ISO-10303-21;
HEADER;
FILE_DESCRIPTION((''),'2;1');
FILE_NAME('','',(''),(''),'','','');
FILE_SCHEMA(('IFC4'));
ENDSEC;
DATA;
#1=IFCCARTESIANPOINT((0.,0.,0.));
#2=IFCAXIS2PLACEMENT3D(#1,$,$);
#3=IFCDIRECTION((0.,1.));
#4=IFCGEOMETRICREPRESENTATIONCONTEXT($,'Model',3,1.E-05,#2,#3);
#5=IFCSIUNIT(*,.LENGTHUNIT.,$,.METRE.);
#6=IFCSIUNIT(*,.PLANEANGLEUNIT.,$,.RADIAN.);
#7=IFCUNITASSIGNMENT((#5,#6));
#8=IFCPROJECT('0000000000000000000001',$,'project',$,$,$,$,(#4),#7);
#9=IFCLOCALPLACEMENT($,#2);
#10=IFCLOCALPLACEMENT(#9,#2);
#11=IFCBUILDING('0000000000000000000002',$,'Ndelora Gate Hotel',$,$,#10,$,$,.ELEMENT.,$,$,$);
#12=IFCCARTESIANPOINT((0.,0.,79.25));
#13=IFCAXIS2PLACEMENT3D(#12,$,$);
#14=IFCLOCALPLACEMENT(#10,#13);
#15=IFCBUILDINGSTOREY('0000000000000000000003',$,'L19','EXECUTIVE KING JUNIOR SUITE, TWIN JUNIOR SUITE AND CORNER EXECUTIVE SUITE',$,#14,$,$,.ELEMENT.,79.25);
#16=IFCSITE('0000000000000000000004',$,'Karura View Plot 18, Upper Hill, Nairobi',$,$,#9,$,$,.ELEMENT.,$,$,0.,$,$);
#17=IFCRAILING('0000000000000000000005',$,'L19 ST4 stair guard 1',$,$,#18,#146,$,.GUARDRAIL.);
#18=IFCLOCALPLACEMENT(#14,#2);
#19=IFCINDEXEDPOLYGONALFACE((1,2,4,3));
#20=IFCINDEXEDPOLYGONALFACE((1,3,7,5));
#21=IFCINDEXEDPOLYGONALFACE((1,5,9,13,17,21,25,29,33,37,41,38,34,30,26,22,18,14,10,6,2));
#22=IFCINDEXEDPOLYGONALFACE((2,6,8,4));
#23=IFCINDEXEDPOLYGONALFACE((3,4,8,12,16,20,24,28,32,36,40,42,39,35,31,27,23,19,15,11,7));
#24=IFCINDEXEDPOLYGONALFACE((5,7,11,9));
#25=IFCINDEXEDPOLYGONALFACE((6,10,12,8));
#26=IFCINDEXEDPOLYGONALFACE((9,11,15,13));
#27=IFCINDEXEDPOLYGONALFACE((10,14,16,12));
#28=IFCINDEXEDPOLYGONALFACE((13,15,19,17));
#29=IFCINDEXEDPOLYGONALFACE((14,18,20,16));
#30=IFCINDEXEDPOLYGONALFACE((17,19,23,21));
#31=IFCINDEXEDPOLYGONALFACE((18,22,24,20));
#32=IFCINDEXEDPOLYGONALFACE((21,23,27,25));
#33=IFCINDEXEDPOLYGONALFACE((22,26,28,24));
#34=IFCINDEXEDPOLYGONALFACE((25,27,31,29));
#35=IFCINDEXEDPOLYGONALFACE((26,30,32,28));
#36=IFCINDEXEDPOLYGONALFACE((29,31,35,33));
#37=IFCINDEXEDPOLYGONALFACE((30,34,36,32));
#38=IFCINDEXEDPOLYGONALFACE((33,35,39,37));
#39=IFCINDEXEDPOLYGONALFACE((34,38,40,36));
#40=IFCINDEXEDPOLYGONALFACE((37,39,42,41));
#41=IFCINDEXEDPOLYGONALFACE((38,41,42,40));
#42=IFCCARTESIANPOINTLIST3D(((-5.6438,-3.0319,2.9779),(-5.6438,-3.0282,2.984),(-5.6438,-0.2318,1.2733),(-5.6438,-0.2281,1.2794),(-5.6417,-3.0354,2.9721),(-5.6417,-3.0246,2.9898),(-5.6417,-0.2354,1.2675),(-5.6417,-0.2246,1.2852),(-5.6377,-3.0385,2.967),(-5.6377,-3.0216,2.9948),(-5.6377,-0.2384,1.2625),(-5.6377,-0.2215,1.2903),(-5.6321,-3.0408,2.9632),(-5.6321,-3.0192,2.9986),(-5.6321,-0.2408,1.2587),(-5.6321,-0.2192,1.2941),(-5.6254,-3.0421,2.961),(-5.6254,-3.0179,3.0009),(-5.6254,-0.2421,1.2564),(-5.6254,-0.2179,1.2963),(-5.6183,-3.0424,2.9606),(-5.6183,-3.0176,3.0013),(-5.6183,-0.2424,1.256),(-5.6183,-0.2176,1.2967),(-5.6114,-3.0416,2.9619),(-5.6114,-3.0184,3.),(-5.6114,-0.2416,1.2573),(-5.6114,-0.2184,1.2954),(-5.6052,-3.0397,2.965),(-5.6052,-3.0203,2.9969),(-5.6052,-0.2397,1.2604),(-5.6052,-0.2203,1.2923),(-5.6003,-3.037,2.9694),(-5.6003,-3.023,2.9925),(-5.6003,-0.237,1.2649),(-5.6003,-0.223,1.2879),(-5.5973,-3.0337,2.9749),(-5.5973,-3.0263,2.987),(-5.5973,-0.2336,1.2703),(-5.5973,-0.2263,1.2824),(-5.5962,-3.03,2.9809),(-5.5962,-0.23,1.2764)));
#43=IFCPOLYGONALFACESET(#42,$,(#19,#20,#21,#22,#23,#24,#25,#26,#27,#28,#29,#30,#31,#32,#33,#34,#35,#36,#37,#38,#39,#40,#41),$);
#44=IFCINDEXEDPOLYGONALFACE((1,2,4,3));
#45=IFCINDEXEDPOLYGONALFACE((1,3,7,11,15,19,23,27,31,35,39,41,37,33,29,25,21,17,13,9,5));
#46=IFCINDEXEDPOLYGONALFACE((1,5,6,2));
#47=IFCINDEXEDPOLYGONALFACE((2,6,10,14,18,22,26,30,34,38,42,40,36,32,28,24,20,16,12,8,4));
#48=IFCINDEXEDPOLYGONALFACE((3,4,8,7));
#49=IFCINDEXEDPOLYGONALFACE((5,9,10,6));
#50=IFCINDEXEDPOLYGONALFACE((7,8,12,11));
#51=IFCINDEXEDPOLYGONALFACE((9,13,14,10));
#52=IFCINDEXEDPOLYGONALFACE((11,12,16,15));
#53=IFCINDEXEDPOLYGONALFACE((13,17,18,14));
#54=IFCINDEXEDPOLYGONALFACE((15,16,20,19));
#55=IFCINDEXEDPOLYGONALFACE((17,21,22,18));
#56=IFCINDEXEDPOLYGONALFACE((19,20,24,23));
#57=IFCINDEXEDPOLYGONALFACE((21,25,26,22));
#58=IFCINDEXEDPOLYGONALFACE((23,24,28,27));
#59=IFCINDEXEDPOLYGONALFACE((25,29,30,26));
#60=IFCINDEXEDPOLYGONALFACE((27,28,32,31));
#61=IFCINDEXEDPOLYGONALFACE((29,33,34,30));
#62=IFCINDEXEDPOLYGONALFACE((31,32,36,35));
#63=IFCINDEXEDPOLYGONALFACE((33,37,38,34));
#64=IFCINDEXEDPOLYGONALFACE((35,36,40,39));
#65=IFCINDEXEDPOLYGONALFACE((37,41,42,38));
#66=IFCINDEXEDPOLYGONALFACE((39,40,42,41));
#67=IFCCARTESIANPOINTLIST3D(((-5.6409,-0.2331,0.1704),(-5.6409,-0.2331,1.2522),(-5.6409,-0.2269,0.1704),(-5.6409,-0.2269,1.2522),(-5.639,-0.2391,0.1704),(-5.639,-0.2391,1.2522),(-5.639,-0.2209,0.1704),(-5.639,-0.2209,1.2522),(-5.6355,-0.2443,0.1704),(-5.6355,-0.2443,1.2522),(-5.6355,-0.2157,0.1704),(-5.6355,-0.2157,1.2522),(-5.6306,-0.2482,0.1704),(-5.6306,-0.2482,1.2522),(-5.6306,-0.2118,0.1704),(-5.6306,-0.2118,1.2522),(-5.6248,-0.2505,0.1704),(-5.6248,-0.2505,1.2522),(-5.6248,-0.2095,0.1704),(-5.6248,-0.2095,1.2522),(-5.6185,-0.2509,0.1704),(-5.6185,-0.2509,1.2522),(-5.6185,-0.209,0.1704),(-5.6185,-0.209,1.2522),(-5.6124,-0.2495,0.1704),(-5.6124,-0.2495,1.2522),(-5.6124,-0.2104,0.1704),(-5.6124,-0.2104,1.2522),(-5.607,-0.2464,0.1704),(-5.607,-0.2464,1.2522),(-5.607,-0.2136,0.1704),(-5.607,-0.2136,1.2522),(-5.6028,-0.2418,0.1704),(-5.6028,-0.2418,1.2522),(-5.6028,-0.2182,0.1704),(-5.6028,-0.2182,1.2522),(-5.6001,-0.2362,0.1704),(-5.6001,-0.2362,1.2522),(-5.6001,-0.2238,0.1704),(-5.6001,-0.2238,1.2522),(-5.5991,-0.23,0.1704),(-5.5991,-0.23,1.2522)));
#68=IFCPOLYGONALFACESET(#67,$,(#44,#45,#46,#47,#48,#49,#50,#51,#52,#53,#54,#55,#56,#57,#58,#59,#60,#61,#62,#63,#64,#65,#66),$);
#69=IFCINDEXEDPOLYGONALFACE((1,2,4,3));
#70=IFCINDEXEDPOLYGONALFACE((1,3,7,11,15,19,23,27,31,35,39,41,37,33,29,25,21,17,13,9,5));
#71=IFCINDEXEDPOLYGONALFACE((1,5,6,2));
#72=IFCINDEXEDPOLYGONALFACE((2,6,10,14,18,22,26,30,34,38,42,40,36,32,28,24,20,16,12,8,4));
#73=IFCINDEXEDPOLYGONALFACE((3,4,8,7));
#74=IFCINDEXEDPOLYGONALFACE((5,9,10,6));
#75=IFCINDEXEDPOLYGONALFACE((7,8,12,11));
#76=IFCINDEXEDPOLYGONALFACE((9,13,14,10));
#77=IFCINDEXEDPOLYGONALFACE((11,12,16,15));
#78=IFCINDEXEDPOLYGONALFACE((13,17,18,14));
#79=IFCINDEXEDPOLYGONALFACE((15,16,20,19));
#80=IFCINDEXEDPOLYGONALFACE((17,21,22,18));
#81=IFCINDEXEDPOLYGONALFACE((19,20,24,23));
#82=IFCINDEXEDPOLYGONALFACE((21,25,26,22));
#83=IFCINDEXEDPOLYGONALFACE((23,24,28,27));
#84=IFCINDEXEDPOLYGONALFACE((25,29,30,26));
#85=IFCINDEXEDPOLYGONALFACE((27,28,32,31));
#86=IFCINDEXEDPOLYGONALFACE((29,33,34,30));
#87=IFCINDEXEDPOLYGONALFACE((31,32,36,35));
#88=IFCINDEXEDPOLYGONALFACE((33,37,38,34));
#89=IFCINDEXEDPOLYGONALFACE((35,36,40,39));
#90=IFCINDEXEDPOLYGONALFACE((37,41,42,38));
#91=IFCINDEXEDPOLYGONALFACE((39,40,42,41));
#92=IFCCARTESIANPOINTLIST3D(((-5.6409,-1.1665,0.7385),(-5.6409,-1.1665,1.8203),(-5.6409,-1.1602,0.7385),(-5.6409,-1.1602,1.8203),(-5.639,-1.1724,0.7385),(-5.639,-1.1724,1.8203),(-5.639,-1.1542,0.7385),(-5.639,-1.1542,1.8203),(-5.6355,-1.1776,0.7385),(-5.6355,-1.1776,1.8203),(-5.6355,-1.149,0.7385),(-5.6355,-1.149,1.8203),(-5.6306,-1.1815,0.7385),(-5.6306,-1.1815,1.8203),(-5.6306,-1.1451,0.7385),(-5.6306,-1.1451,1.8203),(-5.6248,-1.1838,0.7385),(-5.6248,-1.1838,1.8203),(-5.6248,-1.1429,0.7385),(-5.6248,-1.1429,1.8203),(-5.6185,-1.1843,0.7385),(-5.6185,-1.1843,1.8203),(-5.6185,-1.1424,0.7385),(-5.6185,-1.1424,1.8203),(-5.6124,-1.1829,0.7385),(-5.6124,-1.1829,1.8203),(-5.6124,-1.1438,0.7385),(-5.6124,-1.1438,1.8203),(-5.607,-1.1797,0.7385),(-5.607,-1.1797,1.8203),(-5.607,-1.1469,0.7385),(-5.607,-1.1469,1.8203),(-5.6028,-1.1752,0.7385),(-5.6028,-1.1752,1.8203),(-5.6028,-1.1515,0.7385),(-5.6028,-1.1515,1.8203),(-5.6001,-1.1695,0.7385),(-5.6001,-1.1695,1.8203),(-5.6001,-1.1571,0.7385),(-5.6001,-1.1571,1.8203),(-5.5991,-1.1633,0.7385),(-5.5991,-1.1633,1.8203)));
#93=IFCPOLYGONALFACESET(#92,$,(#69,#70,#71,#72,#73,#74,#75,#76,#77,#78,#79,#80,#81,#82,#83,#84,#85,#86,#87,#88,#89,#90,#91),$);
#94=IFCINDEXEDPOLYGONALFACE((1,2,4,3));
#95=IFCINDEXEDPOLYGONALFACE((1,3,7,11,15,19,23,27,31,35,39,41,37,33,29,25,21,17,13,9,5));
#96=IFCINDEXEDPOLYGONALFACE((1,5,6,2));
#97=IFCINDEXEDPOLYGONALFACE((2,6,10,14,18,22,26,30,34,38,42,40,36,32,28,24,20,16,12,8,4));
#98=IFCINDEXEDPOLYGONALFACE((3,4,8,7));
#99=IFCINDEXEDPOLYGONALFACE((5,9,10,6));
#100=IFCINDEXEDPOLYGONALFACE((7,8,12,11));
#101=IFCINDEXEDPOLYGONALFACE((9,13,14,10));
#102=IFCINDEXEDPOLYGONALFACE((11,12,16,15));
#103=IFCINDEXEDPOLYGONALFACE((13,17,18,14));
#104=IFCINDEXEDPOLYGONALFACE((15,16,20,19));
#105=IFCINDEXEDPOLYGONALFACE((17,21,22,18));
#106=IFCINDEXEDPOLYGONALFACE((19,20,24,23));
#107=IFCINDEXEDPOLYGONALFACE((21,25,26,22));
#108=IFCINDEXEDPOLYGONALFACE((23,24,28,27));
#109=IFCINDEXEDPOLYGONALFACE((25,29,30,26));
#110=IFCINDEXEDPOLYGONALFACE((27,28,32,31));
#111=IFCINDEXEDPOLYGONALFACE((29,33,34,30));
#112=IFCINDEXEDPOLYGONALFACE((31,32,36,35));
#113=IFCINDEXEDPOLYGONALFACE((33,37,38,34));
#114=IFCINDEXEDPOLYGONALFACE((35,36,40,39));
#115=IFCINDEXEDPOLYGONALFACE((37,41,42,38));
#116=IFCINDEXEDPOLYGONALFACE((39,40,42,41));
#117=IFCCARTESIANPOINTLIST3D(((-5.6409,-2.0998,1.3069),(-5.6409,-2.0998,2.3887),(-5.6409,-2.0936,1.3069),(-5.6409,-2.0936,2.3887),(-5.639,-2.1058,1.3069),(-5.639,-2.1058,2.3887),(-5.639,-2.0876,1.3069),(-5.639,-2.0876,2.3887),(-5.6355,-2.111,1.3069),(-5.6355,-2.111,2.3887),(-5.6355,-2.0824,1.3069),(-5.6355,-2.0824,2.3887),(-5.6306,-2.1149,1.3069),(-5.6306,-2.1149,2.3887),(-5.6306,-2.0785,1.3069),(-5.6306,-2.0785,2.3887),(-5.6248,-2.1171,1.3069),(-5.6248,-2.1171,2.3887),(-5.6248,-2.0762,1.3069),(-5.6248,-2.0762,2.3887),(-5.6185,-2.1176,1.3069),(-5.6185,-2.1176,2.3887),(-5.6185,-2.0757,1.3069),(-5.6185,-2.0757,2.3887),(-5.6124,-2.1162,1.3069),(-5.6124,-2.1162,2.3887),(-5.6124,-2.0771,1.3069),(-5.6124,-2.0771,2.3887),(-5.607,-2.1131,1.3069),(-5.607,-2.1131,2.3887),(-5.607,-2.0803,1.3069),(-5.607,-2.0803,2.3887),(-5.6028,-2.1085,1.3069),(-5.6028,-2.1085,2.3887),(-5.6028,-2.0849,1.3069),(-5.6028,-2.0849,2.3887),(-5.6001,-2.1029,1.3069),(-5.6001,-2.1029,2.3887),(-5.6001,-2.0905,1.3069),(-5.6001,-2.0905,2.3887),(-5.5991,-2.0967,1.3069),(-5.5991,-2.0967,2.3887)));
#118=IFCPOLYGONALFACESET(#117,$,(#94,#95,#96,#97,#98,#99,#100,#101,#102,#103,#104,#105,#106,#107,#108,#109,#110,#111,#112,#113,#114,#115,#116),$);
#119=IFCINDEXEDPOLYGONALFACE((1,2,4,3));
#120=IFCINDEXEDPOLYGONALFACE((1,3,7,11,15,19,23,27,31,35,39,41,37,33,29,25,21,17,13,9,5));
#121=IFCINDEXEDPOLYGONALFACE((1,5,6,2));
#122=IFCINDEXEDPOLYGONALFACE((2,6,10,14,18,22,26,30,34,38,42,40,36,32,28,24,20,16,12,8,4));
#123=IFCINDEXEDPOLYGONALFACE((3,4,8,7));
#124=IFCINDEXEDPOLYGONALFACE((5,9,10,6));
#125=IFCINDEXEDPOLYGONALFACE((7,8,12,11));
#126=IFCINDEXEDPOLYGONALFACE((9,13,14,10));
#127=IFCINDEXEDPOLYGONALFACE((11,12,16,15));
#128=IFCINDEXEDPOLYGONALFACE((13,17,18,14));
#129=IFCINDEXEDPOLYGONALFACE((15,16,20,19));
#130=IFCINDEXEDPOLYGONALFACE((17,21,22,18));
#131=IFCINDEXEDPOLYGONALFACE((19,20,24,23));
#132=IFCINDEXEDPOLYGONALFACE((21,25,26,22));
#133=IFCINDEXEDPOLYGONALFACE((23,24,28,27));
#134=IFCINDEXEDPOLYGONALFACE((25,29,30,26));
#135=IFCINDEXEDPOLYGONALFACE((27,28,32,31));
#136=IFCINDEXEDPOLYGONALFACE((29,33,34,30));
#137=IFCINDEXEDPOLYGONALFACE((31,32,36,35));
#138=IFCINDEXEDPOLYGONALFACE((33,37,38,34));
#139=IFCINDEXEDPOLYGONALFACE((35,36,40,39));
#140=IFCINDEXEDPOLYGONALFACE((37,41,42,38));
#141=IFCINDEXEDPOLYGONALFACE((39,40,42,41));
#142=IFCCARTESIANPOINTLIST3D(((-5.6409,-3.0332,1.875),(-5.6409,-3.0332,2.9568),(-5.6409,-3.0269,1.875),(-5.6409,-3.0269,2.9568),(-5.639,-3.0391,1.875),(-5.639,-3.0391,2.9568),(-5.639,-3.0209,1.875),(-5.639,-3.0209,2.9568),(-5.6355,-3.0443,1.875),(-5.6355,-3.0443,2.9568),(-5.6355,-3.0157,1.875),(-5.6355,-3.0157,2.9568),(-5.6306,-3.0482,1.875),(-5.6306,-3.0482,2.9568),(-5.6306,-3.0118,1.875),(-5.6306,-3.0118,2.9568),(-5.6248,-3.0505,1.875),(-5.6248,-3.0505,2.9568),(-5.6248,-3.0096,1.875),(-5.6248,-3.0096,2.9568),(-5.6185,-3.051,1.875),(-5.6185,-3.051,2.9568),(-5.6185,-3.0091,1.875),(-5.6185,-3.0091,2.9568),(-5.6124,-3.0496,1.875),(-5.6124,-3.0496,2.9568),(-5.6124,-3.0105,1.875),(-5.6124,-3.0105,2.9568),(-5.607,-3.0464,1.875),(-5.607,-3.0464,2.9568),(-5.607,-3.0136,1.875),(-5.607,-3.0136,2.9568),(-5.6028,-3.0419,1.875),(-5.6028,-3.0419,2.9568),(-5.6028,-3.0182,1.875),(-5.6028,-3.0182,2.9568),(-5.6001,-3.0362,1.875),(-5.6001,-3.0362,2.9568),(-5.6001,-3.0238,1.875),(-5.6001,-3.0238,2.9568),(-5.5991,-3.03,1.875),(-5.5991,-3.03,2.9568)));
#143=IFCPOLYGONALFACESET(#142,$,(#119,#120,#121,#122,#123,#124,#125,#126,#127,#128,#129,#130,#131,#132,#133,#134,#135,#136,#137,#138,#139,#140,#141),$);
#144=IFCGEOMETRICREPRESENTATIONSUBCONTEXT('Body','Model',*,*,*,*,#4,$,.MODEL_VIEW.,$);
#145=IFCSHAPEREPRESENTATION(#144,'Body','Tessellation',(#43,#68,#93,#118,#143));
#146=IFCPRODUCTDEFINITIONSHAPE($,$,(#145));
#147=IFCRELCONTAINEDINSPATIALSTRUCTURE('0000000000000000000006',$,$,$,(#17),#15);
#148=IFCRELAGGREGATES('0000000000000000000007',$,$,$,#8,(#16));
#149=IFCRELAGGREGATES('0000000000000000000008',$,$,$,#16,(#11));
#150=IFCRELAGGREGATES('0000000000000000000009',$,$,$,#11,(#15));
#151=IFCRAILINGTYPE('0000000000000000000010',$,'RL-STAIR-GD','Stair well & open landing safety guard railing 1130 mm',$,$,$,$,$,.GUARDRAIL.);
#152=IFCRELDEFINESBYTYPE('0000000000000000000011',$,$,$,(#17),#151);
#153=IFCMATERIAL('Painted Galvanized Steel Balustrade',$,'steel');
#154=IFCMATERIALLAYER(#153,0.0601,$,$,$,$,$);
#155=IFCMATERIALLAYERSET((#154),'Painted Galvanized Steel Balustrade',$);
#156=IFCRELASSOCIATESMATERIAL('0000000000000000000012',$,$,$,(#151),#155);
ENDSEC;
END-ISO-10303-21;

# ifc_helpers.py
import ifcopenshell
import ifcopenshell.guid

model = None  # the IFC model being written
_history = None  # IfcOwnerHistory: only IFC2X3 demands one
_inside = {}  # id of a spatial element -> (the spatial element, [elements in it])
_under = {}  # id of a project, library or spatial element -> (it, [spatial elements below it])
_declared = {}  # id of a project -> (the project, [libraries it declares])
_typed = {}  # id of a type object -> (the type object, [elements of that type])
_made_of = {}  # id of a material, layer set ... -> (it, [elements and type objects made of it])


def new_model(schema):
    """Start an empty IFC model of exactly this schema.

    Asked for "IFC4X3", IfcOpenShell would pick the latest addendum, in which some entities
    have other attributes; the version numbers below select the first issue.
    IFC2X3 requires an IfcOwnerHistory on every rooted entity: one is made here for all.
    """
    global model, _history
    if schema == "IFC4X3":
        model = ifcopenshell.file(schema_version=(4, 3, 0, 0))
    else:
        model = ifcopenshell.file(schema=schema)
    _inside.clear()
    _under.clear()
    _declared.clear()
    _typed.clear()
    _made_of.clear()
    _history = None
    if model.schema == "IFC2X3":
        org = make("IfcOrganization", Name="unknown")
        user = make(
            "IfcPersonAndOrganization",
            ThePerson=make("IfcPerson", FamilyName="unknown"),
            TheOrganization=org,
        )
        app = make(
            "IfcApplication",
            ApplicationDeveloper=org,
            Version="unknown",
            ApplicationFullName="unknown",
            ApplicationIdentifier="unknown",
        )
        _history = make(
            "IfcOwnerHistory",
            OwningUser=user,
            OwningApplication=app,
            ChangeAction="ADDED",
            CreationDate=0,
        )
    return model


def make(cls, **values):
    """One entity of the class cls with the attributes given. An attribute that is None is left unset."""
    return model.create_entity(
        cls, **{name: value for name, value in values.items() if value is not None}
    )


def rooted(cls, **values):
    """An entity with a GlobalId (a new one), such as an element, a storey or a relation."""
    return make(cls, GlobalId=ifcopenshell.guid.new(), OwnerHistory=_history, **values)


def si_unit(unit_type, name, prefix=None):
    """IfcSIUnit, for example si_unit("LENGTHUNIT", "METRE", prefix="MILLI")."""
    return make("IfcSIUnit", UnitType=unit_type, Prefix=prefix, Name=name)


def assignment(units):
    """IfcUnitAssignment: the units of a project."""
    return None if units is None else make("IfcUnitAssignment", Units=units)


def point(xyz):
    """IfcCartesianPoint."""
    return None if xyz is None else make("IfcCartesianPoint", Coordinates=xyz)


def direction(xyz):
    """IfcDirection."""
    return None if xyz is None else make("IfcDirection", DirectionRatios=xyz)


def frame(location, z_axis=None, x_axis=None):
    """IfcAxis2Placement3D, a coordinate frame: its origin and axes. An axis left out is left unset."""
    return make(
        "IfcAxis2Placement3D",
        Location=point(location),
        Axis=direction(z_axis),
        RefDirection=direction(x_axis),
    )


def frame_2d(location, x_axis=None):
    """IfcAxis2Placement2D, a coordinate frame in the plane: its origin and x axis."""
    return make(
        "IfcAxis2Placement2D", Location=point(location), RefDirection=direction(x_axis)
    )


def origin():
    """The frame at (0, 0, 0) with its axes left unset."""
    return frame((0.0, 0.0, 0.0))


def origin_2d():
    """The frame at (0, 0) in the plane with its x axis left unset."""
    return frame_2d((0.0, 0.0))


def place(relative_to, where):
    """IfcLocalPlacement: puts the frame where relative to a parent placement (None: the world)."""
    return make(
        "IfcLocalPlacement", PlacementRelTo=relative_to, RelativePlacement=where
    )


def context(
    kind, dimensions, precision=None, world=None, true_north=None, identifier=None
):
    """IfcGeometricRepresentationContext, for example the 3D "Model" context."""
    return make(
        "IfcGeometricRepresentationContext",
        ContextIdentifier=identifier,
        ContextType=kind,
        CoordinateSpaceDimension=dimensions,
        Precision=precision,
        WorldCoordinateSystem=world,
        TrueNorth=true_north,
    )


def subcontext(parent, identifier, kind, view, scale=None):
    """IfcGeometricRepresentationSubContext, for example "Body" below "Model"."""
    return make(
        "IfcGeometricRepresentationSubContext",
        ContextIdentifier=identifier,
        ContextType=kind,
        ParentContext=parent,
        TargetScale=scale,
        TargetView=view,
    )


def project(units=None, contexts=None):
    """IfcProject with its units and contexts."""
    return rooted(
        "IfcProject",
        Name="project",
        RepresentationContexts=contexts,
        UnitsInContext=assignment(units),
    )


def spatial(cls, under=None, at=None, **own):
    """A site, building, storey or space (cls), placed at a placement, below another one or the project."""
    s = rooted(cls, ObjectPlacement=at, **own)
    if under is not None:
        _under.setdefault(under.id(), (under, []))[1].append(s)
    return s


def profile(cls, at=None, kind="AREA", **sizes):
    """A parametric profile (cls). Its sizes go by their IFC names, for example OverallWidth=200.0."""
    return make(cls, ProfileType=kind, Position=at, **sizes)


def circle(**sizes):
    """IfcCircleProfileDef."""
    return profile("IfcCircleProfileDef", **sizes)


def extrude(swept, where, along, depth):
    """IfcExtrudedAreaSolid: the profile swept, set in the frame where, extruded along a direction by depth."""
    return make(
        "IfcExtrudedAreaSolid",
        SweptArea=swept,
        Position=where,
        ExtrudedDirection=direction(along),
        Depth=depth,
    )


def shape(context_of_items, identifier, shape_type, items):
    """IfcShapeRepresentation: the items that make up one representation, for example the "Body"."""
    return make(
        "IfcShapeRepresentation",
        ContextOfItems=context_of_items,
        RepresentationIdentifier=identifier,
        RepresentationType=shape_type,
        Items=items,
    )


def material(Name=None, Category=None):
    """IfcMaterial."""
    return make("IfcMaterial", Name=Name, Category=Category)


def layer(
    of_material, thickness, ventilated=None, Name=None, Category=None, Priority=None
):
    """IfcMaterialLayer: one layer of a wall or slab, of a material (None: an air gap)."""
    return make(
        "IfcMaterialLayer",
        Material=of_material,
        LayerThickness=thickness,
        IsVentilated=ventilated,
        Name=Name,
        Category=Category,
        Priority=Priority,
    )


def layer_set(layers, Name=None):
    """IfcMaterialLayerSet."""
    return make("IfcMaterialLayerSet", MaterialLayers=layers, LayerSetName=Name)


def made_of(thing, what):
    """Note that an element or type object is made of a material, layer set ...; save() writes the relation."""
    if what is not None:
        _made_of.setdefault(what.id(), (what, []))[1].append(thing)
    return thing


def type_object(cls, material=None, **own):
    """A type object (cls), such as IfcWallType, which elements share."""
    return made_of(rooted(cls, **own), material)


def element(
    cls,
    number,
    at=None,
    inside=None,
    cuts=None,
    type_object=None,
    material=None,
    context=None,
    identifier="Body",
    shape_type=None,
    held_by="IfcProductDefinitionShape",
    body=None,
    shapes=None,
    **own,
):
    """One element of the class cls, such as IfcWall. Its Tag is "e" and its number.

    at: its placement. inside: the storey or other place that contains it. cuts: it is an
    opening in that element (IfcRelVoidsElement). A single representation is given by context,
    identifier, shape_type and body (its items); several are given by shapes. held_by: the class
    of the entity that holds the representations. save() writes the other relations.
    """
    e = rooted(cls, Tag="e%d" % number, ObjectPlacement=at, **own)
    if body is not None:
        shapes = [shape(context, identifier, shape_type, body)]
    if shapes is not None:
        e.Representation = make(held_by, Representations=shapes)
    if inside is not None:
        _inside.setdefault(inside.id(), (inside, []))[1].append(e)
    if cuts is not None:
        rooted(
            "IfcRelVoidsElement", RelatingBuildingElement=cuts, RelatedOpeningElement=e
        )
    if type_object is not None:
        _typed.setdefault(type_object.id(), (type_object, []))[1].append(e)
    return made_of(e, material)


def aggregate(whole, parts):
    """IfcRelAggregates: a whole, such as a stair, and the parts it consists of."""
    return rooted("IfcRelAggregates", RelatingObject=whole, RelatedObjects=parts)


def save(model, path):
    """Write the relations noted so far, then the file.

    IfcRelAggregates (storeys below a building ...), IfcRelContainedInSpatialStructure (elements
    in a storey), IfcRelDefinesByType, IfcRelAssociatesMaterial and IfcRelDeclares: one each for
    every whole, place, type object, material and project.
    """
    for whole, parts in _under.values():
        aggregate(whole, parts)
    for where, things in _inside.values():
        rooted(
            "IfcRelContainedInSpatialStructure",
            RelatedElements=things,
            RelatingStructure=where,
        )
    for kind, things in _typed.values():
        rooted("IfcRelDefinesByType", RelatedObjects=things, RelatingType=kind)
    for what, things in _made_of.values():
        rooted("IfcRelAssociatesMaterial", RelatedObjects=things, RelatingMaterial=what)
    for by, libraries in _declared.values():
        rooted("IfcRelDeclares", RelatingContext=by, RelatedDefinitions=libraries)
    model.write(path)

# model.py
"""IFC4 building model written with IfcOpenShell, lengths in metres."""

from ifc_helpers import new_model, si_unit, direction, frame, origin, origin_2d, place, context, subcontext, project, spatial, circle, extrude, material, layer, layer_set, type_object, element, save


model = new_model("IFC4")

# Units and contexts
model_context = context("Model", 3, precision=1e-05, world=origin(), true_north=direction((0.0, 1.0)))
body_context = subcontext(model_context, "Body", "Model", "MODEL_VIEW")
ifc_project = project(units=[si_unit("LENGTHUNIT", "METRE"), si_unit("PLANEANGLEUNIT", "RADIAN")], contexts=[model_context])

# Site, building, storey
site_placement = place(None, origin())
site = spatial("IfcSite", under=ifc_project, at=site_placement, Name="Karura View Plot 18, Upper Hill, Nairobi", CompositionType="ELEMENT", RefElevation=0.0)
building_placement = place(site_placement, origin())
building = spatial("IfcBuilding", under=site, at=building_placement, Name="Ndelora Gate Hotel", CompositionType="ELEMENT")
storey_placement = place(building_placement, frame((0.0, 0.0, 79.25)))
storey = spatial("IfcBuildingStorey", under=building, at=storey_placement, Name="L19", Description="EXECUTIVE KING JUNIOR SUITE, TWIN JUNIOR SUITE AND CORNER EXECUTIVE SUITE", CompositionType="ELEMENT", Elevation=79.25)

# Railing
ifc_material_1 = material(Name="Painted Galvanized Steel Balustrade", Category="steel")
ifc_layer_1 = layer(ifc_material_1, 0.0601)
ifc_layer_set_1 = layer_set([ifc_layer_1], Name="Painted Galvanized Steel Balustrade")
railing_type_1 = type_object("IfcRailingType", Name="RL-STAIR-GD", Description="Stair well & open landing safety guard railing 1130 mm", PredefinedType="GUARDRAIL", material=ifc_layer_set_1)
railing_1_placement = place(storey_placement, frame((-5.6201, -0.23, 0.1704)))
element("IfcRailing", 1, at=railing_1_placement, inside=storey, type_object=railing_type_1, Name="L19 ST4 stair guard 1", PredefinedType="GUARDRAIL", context=body_context, shape_type="SweptSolid", body=[
    extrude(circle(Radius=0.0239, at=origin_2d()), frame((0.0, 0.0, 1.106), z_axis=(0.0, -0.85417, 0.519994), x_axis=(1.0, 0.0, 0.0)), (0.0, 0.0, 1.0), 3.2781),
    extrude(circle(Radius=0.021, at=origin_2d()), origin(), (0.0, 0.0, 1.0), 1.0818),
    extrude(circle(Radius=0.021, at=origin_2d()), frame((0.0, -0.9333, 0.5681)), (0.0, 0.0, 1.0), 1.0818),
    extrude(circle(Radius=0.021, at=origin_2d()), frame((0.0, -1.8667, 1.1365)), (0.0, 0.0, 1.0), 1.0818),
    extrude(circle(Radius=0.021, at=origin_2d()), frame((0.0, -2.8, 1.7046)), (0.0, 0.0, 1.0), 1.0818),
])

save(model, "model.ifc")
